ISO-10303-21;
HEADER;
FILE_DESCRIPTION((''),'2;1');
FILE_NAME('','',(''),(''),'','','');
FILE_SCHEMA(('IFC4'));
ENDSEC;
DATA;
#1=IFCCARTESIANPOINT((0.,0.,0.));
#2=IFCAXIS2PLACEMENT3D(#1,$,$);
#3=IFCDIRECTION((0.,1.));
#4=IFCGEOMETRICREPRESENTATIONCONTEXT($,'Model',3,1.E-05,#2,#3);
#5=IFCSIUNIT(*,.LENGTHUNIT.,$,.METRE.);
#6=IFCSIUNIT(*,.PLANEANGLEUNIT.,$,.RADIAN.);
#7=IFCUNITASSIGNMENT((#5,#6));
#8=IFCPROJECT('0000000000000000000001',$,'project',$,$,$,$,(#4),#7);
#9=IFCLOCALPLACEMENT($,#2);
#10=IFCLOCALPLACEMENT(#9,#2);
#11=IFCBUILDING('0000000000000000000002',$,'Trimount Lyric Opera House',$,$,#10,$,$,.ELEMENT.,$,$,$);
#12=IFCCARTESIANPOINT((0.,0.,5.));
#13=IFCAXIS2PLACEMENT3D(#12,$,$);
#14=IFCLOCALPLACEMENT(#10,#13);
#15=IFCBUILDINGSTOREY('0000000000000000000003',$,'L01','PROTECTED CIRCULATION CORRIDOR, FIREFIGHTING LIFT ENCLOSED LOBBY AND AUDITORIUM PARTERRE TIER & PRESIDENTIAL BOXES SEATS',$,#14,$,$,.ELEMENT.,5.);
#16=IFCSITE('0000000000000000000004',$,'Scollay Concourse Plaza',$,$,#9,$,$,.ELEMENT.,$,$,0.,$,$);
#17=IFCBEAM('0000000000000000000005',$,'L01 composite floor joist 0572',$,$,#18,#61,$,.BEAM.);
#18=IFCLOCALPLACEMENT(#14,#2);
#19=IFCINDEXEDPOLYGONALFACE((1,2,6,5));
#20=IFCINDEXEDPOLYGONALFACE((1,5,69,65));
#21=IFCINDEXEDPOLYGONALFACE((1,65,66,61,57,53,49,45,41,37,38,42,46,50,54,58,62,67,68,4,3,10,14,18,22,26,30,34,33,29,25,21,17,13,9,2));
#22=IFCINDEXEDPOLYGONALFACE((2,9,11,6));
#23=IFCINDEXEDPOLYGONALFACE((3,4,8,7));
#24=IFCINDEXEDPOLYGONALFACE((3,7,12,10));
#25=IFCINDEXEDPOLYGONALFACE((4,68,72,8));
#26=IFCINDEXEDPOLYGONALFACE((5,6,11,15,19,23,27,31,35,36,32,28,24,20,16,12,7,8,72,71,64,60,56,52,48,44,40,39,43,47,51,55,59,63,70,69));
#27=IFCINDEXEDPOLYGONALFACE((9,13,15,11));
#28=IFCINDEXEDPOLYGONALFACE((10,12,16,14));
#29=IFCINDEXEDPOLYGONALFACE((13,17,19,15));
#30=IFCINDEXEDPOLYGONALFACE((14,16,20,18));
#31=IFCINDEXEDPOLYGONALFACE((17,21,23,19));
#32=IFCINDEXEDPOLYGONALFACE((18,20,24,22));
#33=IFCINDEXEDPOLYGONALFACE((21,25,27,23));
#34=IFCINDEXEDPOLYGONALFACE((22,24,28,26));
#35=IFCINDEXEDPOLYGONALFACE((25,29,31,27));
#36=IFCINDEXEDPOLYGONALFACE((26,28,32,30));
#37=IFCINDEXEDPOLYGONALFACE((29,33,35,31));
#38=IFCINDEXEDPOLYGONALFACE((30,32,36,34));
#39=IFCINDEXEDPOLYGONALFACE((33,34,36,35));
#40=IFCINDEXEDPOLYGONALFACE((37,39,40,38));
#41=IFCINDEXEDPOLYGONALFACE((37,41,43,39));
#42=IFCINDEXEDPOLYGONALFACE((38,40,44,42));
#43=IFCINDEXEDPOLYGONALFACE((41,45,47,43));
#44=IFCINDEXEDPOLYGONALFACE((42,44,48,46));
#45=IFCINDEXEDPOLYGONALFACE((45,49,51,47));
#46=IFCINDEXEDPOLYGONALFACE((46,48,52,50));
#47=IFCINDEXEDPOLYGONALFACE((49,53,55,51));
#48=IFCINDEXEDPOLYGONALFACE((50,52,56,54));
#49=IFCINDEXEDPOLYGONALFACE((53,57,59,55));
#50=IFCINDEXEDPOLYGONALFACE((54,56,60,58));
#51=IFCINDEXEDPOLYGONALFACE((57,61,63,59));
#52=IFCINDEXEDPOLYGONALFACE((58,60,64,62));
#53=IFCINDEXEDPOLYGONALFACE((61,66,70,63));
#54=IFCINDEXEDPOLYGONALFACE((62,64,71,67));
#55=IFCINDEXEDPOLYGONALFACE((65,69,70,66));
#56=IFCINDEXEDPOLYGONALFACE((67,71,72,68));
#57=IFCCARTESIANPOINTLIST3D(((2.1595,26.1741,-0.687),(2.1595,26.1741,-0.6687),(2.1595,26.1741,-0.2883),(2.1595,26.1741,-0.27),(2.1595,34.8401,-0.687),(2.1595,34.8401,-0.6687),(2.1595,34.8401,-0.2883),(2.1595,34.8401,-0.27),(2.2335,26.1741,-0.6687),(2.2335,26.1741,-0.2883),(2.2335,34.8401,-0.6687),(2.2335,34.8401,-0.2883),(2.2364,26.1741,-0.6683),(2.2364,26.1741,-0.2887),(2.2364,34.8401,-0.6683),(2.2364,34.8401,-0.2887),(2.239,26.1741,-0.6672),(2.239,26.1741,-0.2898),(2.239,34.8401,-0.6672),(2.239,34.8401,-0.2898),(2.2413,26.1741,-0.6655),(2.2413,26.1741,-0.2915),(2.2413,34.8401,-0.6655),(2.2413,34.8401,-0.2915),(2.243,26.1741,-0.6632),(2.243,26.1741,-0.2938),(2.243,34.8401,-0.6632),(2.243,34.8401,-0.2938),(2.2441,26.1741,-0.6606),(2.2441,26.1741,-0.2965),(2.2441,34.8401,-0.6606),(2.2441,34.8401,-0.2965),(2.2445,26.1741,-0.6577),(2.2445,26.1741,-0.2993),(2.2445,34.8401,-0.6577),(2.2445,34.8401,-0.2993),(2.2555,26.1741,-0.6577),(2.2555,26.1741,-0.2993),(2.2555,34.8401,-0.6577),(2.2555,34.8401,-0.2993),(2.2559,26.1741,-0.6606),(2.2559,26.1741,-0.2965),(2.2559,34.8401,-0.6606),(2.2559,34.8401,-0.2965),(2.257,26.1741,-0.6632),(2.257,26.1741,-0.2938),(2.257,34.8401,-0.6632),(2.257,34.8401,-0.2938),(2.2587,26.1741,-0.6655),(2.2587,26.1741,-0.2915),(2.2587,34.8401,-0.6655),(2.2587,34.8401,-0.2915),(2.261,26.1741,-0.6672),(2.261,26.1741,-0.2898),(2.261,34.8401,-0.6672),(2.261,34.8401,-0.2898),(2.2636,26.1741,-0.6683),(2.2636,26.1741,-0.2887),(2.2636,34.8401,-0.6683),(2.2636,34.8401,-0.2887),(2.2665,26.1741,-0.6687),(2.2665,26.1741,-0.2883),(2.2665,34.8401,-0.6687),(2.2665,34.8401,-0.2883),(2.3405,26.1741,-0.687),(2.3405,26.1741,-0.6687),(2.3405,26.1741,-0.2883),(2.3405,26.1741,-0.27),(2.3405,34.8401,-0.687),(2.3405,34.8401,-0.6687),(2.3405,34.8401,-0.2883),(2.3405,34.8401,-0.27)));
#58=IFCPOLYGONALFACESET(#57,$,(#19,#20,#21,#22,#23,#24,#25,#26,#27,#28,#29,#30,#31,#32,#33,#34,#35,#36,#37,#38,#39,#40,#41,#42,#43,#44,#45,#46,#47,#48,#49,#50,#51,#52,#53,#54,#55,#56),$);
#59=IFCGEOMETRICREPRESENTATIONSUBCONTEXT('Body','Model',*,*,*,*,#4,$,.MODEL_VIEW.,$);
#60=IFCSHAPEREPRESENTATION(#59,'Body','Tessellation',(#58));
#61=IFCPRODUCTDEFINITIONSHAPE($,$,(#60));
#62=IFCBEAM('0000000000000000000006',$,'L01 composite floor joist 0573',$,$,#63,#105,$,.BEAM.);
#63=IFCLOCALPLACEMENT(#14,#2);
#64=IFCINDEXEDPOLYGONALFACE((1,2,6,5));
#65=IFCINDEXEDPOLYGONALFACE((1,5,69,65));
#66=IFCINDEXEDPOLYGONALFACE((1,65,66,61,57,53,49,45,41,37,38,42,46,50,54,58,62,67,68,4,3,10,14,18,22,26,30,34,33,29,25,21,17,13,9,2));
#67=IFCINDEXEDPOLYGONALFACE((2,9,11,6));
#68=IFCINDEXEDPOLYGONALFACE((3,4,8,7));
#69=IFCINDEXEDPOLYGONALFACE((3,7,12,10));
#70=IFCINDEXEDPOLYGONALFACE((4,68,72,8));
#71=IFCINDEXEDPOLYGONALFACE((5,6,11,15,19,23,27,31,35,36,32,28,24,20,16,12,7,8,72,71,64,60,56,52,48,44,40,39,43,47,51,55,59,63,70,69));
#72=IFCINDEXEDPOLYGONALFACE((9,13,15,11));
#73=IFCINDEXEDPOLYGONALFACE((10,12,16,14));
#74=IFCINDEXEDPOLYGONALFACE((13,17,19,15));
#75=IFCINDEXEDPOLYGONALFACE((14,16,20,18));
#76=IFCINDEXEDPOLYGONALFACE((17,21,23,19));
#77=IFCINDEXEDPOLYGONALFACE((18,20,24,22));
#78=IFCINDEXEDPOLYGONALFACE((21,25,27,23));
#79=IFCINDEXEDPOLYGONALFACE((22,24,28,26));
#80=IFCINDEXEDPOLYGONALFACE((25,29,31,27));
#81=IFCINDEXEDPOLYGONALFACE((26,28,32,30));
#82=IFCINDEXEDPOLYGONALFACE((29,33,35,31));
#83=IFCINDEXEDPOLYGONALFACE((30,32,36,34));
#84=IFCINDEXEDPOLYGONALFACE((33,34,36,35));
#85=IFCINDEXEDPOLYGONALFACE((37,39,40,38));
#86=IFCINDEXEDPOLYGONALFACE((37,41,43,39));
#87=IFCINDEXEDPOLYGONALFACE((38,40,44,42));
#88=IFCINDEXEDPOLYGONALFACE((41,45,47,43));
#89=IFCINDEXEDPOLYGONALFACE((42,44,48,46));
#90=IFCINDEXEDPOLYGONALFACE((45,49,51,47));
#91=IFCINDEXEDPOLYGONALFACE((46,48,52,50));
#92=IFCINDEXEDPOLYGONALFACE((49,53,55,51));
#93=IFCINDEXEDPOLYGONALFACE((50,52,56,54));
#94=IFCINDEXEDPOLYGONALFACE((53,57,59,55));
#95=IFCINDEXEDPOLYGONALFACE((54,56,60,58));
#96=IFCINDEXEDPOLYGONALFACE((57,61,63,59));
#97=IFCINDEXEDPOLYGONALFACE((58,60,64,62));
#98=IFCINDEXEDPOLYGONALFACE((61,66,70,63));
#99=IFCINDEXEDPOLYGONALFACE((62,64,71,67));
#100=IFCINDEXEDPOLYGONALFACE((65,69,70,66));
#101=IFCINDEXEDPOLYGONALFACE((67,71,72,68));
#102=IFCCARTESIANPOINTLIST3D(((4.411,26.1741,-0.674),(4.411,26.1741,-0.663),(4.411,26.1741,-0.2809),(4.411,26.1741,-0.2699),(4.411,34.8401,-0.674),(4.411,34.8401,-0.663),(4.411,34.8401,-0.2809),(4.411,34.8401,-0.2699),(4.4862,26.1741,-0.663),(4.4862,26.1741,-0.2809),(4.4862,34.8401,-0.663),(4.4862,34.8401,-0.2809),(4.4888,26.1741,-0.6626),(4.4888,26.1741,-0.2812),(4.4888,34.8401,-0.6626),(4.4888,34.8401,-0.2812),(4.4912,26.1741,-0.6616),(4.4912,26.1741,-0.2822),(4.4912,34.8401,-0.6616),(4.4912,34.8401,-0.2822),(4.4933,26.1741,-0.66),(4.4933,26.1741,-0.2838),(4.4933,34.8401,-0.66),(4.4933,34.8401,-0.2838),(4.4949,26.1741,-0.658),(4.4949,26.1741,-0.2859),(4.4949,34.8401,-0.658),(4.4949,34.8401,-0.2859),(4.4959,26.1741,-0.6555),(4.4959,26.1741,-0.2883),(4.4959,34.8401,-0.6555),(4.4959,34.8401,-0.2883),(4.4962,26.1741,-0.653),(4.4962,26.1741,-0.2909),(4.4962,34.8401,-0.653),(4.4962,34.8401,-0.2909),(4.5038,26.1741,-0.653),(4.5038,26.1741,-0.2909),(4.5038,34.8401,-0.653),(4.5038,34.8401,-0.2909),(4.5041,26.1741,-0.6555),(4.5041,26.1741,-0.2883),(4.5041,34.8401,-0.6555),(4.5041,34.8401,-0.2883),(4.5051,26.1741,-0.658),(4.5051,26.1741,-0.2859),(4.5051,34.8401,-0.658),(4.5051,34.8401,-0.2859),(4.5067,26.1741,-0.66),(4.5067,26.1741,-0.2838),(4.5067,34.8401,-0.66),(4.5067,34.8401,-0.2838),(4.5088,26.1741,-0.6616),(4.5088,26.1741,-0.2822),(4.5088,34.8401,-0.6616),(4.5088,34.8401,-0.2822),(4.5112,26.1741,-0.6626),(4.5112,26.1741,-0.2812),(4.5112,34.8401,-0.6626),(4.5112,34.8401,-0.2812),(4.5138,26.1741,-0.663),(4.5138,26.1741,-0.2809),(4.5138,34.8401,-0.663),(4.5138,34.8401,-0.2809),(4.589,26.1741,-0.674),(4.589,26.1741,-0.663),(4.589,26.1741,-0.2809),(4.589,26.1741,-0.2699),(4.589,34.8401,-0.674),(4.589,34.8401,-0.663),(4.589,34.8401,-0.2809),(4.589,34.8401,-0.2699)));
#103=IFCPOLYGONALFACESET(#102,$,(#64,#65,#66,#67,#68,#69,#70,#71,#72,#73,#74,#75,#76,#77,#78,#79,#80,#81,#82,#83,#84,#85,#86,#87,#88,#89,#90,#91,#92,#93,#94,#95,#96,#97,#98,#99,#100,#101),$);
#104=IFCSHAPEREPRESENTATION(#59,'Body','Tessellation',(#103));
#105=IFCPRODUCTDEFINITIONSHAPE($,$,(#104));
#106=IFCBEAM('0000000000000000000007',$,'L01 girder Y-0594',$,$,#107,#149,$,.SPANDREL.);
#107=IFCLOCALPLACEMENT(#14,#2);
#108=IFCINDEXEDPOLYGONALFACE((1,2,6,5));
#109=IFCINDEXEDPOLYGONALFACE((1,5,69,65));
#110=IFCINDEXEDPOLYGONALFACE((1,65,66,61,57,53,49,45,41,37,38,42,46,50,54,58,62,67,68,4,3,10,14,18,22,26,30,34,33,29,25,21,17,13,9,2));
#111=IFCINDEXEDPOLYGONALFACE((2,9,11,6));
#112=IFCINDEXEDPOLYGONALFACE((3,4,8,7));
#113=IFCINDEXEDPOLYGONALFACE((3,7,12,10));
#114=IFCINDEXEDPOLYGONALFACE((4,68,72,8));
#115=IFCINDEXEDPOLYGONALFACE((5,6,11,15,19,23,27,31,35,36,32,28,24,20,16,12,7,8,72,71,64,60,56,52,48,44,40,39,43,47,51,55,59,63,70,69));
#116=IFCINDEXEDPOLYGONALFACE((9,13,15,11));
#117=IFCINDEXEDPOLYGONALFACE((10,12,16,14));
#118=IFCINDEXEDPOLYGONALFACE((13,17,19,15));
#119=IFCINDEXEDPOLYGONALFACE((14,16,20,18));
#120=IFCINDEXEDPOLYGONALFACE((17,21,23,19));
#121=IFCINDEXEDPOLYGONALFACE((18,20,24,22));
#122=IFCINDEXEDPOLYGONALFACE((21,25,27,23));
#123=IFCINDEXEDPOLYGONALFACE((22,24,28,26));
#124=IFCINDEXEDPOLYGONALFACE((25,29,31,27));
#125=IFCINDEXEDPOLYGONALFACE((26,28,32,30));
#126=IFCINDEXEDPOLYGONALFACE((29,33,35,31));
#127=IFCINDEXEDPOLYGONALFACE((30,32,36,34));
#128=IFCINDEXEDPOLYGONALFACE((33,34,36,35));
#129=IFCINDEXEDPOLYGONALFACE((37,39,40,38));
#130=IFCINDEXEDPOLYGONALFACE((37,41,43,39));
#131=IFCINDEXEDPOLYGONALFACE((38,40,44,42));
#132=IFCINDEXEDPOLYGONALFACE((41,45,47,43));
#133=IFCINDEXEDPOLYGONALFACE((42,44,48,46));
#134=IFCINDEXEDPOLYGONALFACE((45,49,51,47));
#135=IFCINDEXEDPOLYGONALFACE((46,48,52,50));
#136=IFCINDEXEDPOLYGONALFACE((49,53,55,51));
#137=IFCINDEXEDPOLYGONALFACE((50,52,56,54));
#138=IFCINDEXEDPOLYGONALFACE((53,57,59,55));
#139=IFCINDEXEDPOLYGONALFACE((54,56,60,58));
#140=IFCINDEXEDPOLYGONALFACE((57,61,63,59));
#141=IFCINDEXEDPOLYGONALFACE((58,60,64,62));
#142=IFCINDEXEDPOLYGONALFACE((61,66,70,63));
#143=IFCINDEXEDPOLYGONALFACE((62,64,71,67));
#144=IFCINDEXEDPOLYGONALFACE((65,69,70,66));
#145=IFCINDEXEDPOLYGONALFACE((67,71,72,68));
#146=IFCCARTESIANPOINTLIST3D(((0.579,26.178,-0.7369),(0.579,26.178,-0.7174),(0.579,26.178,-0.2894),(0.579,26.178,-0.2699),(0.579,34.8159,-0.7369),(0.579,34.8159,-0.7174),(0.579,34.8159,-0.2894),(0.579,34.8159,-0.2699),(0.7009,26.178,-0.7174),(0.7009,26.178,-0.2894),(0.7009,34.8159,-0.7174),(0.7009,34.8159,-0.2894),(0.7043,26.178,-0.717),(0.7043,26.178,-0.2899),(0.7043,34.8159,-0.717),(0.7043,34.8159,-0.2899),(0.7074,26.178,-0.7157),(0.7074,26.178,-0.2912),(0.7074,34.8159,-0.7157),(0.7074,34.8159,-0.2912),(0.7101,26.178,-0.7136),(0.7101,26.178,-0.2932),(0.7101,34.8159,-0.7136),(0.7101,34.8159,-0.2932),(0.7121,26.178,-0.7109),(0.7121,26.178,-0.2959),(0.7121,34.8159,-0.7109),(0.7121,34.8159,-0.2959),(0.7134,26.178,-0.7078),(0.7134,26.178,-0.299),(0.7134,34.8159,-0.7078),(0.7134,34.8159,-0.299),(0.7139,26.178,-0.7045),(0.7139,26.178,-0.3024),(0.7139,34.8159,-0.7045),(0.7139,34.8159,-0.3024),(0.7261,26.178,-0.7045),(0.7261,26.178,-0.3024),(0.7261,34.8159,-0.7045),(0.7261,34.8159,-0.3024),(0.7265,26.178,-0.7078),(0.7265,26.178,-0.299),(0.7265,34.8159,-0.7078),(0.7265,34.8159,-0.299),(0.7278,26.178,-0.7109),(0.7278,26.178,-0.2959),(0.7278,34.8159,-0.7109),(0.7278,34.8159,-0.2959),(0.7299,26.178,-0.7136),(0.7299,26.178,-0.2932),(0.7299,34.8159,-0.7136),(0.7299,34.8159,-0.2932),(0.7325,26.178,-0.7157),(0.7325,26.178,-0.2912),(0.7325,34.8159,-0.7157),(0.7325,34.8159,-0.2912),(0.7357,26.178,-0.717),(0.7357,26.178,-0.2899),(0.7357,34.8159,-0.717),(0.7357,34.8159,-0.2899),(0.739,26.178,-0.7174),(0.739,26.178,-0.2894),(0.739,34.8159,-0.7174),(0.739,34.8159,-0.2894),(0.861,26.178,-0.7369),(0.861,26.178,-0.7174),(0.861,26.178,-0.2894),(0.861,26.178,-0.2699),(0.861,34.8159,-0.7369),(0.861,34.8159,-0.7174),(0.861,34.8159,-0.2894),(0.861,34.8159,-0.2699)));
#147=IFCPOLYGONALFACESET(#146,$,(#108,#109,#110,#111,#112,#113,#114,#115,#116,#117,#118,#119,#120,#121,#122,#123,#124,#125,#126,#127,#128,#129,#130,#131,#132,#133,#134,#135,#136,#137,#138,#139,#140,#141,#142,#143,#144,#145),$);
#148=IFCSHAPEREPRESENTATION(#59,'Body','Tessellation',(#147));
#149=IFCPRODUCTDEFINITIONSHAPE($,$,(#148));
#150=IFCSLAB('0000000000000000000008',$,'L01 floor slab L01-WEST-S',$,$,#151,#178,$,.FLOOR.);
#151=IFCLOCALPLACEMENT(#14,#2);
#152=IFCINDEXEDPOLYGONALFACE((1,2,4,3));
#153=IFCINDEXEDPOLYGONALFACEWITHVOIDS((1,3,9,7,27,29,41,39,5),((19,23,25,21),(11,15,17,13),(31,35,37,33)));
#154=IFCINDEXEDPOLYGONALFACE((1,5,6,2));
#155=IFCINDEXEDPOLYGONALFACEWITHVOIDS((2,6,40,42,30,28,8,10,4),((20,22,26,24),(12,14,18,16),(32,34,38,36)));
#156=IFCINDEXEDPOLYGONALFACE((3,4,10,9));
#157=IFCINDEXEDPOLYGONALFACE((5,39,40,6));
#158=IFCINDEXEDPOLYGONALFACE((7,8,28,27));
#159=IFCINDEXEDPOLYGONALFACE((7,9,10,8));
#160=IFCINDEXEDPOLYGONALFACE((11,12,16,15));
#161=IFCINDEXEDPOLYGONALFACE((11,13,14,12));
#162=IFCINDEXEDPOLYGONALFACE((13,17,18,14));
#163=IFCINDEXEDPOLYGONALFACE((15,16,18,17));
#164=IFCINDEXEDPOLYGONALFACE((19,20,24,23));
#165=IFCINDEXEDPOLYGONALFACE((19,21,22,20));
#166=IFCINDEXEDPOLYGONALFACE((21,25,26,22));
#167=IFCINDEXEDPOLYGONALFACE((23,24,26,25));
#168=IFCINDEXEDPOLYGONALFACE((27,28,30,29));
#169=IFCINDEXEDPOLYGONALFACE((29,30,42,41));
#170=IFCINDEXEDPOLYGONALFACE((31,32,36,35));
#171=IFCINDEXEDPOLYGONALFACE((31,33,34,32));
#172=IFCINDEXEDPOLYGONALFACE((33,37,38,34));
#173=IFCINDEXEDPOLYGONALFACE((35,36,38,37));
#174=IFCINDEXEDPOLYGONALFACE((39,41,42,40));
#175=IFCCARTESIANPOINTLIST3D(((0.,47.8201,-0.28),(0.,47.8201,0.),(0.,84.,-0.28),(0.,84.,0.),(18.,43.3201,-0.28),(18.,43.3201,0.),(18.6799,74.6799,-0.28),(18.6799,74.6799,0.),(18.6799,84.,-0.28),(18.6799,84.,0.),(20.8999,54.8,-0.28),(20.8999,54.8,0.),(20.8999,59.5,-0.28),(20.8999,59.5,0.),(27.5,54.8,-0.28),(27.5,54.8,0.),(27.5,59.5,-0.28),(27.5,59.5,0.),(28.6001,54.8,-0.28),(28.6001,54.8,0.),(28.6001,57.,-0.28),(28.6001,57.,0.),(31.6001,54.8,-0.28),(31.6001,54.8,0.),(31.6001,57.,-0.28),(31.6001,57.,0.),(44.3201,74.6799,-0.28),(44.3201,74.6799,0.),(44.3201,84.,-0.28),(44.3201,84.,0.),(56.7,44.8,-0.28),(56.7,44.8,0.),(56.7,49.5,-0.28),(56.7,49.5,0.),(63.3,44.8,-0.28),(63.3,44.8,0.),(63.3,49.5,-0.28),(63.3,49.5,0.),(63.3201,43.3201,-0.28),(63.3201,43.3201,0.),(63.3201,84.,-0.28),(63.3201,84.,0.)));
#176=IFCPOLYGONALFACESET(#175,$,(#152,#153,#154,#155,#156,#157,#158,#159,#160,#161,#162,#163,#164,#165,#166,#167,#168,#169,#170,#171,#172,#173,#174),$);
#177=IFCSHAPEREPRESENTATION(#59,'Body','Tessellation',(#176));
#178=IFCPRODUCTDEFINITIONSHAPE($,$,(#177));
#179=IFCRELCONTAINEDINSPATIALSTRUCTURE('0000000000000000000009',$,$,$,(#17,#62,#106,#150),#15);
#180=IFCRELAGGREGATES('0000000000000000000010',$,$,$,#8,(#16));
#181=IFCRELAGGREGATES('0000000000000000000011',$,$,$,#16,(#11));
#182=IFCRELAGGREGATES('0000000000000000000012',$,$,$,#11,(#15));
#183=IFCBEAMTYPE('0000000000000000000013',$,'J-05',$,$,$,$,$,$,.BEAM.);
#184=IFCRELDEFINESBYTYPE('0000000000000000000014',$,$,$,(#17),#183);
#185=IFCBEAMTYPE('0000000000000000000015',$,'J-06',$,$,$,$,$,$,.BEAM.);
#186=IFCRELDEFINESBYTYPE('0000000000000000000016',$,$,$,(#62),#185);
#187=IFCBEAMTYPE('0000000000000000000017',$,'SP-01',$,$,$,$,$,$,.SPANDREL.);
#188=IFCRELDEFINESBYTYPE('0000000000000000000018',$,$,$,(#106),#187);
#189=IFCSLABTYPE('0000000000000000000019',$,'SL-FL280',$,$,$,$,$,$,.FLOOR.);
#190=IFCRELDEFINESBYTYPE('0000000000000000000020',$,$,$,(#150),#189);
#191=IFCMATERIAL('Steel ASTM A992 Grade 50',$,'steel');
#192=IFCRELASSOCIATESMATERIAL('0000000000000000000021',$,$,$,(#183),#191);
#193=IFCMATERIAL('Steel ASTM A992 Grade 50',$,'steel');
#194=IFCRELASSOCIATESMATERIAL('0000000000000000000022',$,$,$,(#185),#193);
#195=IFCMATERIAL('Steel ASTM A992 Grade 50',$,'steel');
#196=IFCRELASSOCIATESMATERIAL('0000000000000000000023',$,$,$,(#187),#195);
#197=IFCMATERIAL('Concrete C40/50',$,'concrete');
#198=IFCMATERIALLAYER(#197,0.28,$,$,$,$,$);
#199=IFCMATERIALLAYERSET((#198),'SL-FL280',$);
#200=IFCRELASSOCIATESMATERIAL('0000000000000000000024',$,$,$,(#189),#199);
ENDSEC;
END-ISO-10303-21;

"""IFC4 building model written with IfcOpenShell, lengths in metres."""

from ifc_helpers import new_model, si_unit, direction, frame, origin, origin_2d, place, context, subcontext, project, spatial, polyline, i_section, outline, extrude, material, layer, layer_set, material_profile, profile_set, type_object, element, save


model = new_model("IFC4")

# Units and contexts
model_context = context("Model", 3, precision=1e-05, world=origin(), true_north=direction((0.0, 1.0)))
body_context = subcontext(model_context, "Body", "Model", "MODEL_VIEW")
ifc_project = project(units=[si_unit("LENGTHUNIT", "METRE"), si_unit("PLANEANGLEUNIT", "RADIAN")], contexts=[model_context])

# Site, building, storey
site_placement = place(None, origin())
site = spatial("IfcSite", under=ifc_project, at=site_placement, Name="Scollay Concourse Plaza", CompositionType="ELEMENT", RefElevation=0.0)
building_placement = place(site_placement, origin())
building = spatial("IfcBuilding", under=site, at=building_placement, Name="Trimount Lyric Opera House", CompositionType="ELEMENT")
storey_placement = place(building_placement, frame((0.0, 0.0, 5.0)))
storey = spatial("IfcBuildingStorey", under=building, at=storey_placement, Name="L01", Description="PROTECTED CIRCULATION CORRIDOR, FIREFIGHTING LIFT ENCLOSED LOBBY AND AUDITORIUM PARTERRE TIER & PRESIDENTIAL BOXES SEATS", CompositionType="ELEMENT", Elevation=5.0)

# Beams
ifc_material_1 = material(Name="Steel ASTM A992 Grade 50", Category="steel")
ifc_material_profile_1 = material_profile(ifc_material_1, i_section(OverallWidth=0.1809, OverallDepth=0.417, WebThickness=0.011, FlangeThickness=0.0183, FilletRadius=0.011, at=origin_2d()), Name="W16X57")
ifc_profile_set_1 = profile_set([ifc_material_profile_1], Name="Steel ASTM A992 Grade 50")
beam_type_1 = type_object("IfcBeamType", Name="J-05", PredefinedType="BEAM", material=ifc_profile_set_1)
beam_1_placement = place(storey_placement, frame((2.25, 26.1741, -0.4785), z_axis=(0.0, 1.0, 0.0), x_axis=(-1.0, 0.0, 0.0)))
element("IfcBeam", 1, at=beam_1_placement, inside=storey, type_object=beam_type_1, Name="L01 composite floor joist 0572", PredefinedType="BEAM", context=body_context, shape_type="SweptSolid", body=[
    extrude(i_section(OverallWidth=0.1809, OverallDepth=0.417, WebThickness=0.011, FlangeThickness=0.0183, FilletRadius=0.011, at=origin_2d()), origin(), (0.0, 0.0, 1.0), 8.666),
])
ifc_material_2 = material(Name="Steel ASTM A992 Grade 50", Category="steel")
ifc_material_profile_2 = material_profile(ifc_material_2, i_section(OverallWidth=0.178, OverallDepth=0.4041, WebThickness=0.0076, FlangeThickness=0.011, FilletRadius=0.01, at=origin_2d()), Name="W16X36")
ifc_profile_set_2 = profile_set([ifc_material_profile_2], Name="Steel ASTM A992 Grade 50")
beam_type_2 = type_object("IfcBeamType", Name="J-06", PredefinedType="BEAM", material=ifc_profile_set_2)
beam_2_placement = place(storey_placement, frame((4.5, 26.1741, -0.4719), z_axis=(0.0, 1.0, 0.0), x_axis=(-1.0, 0.0, 0.0)))
element("IfcBeam", 2, at=beam_2_placement, inside=storey, type_object=beam_type_2, Name="L01 composite floor joist 0573", PredefinedType="BEAM", context=body_context, shape_type="SweptSolid", body=[
    extrude(i_section(OverallWidth=0.178, OverallDepth=0.4041, WebThickness=0.0076, FlangeThickness=0.011, FilletRadius=0.01, at=origin_2d()), origin(), (0.0, 0.0, 1.0), 8.666),
])
ifc_material_3 = material(Name="Steel ASTM A992 Grade 50", Category="steel")
ifc_material_profile_3 = material_profile(ifc_material_3, i_section(OverallWidth=0.282, OverallDepth=0.467, WebThickness=0.0122, FlangeThickness=0.0195, FilletRadius=0.0129, at=origin_2d()), Name="W18X86")
ifc_profile_set_3 = profile_set([ifc_material_profile_3], Name="Steel ASTM A992 Grade 50")
beam_type_3 = type_object("IfcBeamType", Name="SP-01", PredefinedType="SPANDREL", material=ifc_profile_set_3)
beam_3_placement = place(storey_placement, frame((0.72, 26.178, -0.5034), z_axis=(0.0, 1.0, 0.0), x_axis=(-1.0, 0.0, 0.0)))
element("IfcBeam", 3, at=beam_3_placement, inside=storey, type_object=beam_type_3, Name="L01 girder Y-0594", PredefinedType="SPANDREL", context=body_context, shape_type="SweptSolid", body=[
    extrude(i_section(OverallWidth=0.282, OverallDepth=0.467, WebThickness=0.0122, FlangeThickness=0.0195, FilletRadius=0.0129, at=origin_2d()), origin(), (0.0, 0.0, 1.0), 8.6379),
])

# Slab
ifc_material_4 = material(Name="Concrete C40/50", Category="concrete")
ifc_layer_1 = layer(ifc_material_4, 0.28)
ifc_layer_set_1 = layer_set([ifc_layer_1], Name="SL-FL280")
slab_type_1 = type_object("IfcSlabType", Name="SL-FL280", PredefinedType="FLOOR", material=ifc_layer_set_1)
slab_1_placement = place(storey_placement, frame((0.0, 0.0, -0.28)))
element("IfcSlab", 4, at=slab_1_placement, inside=storey, type_object=slab_type_1, Name="L01 floor slab L01-WEST-S", PredefinedType="FLOOR", context=body_context, shape_type="SweptSolid", body=[
    extrude(outline(polyline([(63.3201, 43.3201), (18.0, 43.3201), (0.0, 47.8201), (0.0, 84.0), (18.6799, 84.0), (18.6799, 74.6799), (44.3201, 74.6799), (44.3201, 84.0), (63.3201, 84.0), (63.3201, 43.3201)]), holes=[polyline([(63.3, 49.5), (56.7, 49.5), (56.7, 44.8), (63.3, 44.8), (63.3, 49.5)]), polyline([(31.6001, 57.0), (28.6001, 57.0), (28.6001, 54.8), (31.6001, 54.8), (31.6001, 57.0)]), polyline([(27.5, 59.5), (20.8999, 59.5), (20.8999, 54.8), (27.5, 54.8), (27.5, 59.5)])]), origin(), (0.0, 0.0, 1.0), 0.28),
])

save(model, "model.ifc")
